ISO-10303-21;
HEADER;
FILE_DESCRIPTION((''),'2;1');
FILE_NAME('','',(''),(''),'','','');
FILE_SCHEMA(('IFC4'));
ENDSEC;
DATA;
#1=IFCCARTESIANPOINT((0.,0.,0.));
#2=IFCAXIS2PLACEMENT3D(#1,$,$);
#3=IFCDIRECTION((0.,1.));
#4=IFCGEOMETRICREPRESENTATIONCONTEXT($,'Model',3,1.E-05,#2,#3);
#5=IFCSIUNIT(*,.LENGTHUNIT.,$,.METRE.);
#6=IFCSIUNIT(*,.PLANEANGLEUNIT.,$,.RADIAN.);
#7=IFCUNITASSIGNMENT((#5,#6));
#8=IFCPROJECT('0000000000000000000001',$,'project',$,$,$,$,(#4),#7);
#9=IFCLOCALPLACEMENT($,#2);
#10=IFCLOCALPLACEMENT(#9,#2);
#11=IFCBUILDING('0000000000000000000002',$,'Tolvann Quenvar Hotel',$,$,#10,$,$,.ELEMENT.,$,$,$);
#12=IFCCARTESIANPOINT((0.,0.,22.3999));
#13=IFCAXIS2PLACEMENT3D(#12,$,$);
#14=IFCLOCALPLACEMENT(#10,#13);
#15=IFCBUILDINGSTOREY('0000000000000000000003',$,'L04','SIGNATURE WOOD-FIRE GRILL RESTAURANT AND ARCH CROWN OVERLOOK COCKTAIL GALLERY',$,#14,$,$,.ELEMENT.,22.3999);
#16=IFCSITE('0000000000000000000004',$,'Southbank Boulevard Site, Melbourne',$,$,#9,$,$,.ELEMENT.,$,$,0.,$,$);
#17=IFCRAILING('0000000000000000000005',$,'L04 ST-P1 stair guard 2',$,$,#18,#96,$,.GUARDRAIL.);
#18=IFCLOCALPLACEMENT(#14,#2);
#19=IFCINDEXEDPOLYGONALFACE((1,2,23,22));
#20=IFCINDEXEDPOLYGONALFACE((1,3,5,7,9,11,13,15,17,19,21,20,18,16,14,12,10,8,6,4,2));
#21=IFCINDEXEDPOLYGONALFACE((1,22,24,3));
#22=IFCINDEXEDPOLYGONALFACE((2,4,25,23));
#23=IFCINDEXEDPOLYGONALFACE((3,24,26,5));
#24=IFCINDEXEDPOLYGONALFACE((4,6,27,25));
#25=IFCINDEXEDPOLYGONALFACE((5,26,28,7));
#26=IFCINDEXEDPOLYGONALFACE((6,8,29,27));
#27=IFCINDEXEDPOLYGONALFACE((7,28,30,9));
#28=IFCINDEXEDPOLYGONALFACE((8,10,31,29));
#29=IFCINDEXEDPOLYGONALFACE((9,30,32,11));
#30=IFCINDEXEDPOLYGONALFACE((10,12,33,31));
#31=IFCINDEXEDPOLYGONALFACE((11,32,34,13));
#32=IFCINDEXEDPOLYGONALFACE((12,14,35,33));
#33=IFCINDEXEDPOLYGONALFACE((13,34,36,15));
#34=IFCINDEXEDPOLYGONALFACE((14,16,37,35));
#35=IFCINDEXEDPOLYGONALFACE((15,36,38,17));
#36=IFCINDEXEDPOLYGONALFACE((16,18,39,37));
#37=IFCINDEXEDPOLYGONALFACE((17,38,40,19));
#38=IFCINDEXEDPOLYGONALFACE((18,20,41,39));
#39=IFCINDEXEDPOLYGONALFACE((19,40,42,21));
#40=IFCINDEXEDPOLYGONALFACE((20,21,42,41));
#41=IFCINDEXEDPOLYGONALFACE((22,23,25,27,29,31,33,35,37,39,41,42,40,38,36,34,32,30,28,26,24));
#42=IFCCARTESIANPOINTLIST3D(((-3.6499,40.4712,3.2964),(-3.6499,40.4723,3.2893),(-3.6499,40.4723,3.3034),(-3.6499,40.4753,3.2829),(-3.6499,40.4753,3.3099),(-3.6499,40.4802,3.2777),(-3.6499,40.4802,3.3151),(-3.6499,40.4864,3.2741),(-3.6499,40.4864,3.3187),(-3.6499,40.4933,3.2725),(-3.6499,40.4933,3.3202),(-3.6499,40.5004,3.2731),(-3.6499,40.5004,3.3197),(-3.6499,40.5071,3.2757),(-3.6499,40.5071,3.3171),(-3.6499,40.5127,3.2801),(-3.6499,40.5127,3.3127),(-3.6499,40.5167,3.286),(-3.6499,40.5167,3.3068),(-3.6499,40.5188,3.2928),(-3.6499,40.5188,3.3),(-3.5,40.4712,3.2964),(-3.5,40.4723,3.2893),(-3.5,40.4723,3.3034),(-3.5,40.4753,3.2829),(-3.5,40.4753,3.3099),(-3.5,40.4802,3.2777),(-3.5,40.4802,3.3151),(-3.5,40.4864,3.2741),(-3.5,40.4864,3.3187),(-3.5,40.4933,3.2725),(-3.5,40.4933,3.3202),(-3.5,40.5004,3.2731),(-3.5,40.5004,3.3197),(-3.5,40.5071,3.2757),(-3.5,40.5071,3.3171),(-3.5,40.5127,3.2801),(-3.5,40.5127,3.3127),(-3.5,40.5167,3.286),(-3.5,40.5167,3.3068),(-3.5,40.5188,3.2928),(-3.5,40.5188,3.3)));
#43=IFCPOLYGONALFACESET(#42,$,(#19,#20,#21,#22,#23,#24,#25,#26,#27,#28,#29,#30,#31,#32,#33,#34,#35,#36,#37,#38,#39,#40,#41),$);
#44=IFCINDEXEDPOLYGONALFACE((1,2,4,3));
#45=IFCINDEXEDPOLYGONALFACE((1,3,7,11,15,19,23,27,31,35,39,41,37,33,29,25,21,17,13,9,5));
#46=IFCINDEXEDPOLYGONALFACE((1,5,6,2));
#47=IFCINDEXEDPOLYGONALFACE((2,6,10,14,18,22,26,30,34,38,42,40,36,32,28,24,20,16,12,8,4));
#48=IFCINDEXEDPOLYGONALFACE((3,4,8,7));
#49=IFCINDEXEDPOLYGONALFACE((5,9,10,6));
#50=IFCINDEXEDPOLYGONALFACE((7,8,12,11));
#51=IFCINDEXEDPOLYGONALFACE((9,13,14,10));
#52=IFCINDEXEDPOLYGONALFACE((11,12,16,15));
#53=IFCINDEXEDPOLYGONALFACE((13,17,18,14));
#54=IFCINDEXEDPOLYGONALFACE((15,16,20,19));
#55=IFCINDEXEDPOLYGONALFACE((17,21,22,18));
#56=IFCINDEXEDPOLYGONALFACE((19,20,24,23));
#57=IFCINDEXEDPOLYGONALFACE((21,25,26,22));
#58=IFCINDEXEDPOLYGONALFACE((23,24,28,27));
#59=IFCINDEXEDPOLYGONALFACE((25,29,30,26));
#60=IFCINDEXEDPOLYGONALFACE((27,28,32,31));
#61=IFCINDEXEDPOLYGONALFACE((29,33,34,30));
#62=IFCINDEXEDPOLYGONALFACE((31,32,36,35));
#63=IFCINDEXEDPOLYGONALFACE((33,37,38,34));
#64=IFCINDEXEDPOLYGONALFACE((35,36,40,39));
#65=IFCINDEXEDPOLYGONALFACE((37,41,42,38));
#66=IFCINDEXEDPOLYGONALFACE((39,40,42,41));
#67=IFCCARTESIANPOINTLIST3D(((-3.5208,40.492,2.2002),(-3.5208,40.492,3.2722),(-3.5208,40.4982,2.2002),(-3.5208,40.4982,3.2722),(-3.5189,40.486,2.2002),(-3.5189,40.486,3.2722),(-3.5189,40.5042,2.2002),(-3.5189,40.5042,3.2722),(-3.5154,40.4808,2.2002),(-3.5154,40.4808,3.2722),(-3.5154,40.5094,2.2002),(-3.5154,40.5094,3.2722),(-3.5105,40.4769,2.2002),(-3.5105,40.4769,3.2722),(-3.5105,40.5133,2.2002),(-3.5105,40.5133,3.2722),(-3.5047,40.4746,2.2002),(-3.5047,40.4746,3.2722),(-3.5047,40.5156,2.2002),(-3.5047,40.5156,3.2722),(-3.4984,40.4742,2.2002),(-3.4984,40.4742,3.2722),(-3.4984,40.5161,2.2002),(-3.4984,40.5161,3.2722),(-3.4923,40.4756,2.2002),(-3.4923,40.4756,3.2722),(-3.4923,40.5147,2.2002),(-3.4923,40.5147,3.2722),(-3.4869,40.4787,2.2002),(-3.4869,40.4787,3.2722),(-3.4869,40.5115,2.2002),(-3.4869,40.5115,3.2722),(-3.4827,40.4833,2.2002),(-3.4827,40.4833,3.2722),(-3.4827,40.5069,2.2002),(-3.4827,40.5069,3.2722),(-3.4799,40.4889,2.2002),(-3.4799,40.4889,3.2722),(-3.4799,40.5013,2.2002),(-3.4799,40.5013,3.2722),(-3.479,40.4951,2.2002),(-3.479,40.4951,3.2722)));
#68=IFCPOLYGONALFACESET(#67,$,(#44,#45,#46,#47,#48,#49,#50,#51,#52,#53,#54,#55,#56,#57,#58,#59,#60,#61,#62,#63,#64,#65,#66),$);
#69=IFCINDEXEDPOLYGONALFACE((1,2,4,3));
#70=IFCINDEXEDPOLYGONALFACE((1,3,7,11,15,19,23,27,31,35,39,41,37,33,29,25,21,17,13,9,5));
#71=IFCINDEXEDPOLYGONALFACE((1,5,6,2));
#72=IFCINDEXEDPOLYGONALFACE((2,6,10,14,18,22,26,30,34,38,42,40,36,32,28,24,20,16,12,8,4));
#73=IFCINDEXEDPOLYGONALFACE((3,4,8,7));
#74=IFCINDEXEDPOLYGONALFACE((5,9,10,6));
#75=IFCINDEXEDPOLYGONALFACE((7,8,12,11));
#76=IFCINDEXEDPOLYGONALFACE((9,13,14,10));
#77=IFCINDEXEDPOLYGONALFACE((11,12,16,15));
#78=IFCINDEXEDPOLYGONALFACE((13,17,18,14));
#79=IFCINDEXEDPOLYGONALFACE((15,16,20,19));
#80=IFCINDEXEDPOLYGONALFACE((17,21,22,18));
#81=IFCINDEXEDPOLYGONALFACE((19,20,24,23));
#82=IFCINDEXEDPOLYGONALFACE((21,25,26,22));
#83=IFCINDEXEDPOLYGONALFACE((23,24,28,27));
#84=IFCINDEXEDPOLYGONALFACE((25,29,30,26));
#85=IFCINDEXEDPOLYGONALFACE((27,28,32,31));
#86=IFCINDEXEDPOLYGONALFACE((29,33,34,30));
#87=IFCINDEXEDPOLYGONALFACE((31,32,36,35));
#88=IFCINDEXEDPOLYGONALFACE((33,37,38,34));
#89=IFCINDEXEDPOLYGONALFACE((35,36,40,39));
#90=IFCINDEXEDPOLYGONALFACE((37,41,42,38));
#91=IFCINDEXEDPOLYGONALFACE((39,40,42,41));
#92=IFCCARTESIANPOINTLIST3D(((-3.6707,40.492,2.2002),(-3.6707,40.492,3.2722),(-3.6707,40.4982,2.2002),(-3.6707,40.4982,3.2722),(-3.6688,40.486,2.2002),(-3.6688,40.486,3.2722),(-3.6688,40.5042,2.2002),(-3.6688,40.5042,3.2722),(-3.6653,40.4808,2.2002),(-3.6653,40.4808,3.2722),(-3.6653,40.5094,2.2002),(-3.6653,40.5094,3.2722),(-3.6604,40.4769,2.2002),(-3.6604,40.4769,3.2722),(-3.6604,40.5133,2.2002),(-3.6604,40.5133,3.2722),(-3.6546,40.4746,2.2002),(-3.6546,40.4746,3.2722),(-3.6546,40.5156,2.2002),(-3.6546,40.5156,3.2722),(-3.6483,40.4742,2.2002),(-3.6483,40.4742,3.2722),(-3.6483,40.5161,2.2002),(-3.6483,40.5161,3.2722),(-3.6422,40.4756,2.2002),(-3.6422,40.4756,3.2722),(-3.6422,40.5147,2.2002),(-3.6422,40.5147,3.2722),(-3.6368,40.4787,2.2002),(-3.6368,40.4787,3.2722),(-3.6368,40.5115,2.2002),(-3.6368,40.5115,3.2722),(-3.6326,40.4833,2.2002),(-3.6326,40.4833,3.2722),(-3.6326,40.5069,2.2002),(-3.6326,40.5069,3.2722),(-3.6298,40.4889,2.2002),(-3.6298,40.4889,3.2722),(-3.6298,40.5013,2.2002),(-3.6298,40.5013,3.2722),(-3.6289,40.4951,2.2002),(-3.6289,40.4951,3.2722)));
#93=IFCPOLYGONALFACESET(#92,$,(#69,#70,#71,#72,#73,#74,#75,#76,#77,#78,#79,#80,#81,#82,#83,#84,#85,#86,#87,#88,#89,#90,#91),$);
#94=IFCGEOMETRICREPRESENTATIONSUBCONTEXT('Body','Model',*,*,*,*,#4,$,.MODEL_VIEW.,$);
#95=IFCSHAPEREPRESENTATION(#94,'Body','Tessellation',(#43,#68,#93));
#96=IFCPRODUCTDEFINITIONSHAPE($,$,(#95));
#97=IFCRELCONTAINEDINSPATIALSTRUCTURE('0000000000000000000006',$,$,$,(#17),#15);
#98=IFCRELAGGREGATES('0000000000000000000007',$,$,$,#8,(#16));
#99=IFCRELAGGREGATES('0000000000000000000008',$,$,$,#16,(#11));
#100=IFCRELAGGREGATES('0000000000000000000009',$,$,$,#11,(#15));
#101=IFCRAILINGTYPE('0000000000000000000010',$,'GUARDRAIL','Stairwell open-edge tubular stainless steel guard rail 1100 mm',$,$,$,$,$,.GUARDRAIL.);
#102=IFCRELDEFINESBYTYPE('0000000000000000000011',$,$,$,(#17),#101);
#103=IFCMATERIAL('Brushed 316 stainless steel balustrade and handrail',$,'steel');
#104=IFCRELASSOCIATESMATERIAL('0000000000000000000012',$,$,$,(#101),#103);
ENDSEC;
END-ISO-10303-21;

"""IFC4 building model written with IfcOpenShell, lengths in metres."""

from ifc_helpers import new_model, si_unit, direction, frame, origin, origin_2d, place, context, subcontext, project, spatial, circle, extrude, material, type_object, element, save


model = new_model("IFC4")

# Units and contexts
model_context = context("Model", 3, precision=1e-05, world=origin(), true_north=direction((0.0, 1.0)))
body_context = subcontext(model_context, "Body", "Model", "MODEL_VIEW")
ifc_project = project(units=[si_unit("LENGTHUNIT", "METRE"), si_unit("PLANEANGLEUNIT", "RADIAN")], contexts=[model_context])

# Site, building, storey
site_placement = place(None, origin())
site = spatial("IfcSite", under=ifc_project, at=site_placement, Name="Southbank Boulevard Site, Melbourne", CompositionType="ELEMENT", RefElevation=0.0)
building_placement = place(site_placement, origin())
building = spatial("IfcBuilding", under=site, at=building_placement, Name="Tolvann Quenvar Hotel", CompositionType="ELEMENT")
storey_placement = place(building_placement, frame((0.0, 0.0, 22.3999)))
storey = spatial("IfcBuildingStorey", under=building, at=storey_placement, Name="L04", Description="SIGNATURE WOOD-FIRE GRILL RESTAURANT AND ARCH CROWN OVERLOOK COCKTAIL GALLERY", CompositionType="ELEMENT", Elevation=22.3999)

# Railing
ifc_material_1 = material(Name="Brushed 316 stainless steel balustrade and handrail", Category="steel")
railing_type_1 = type_object("IfcRailingType", Name="GUARDRAIL", Description="Stairwell open-edge tubular stainless steel guard rail 1100 mm", PredefinedType="GUARDRAIL", material=ifc_material_1)
railing_1_placement = place(storey_placement, frame((-3.5, 40.4951, 2.2002)))
element("IfcRailing", 1, at=railing_1_placement, inside=storey, type_object=railing_type_1, Name="L04 ST-P1 stair guard 2", PredefinedType="GUARDRAIL", context=body_context, shape_type="SweptSolid", body=[
    extrude(circle(Radius=0.0239, at=origin_2d()), frame((0.0, 0.0, 1.0962), z_axis=(-1.0, 0.0, 0.0), x_axis=(0.0, -1.0, 0.0)), (0.0, 0.0, 1.0), 0.1499),
    extrude(circle(Radius=0.021, at=origin_2d()), origin(), (0.0, 0.0, 1.0), 1.072),
    extrude(circle(Radius=0.021, at=origin_2d()), frame((-0.1499, 0.0, 0.0)), (0.0, 0.0, 1.0), 1.072),
])

save(model, "model.ifc")
